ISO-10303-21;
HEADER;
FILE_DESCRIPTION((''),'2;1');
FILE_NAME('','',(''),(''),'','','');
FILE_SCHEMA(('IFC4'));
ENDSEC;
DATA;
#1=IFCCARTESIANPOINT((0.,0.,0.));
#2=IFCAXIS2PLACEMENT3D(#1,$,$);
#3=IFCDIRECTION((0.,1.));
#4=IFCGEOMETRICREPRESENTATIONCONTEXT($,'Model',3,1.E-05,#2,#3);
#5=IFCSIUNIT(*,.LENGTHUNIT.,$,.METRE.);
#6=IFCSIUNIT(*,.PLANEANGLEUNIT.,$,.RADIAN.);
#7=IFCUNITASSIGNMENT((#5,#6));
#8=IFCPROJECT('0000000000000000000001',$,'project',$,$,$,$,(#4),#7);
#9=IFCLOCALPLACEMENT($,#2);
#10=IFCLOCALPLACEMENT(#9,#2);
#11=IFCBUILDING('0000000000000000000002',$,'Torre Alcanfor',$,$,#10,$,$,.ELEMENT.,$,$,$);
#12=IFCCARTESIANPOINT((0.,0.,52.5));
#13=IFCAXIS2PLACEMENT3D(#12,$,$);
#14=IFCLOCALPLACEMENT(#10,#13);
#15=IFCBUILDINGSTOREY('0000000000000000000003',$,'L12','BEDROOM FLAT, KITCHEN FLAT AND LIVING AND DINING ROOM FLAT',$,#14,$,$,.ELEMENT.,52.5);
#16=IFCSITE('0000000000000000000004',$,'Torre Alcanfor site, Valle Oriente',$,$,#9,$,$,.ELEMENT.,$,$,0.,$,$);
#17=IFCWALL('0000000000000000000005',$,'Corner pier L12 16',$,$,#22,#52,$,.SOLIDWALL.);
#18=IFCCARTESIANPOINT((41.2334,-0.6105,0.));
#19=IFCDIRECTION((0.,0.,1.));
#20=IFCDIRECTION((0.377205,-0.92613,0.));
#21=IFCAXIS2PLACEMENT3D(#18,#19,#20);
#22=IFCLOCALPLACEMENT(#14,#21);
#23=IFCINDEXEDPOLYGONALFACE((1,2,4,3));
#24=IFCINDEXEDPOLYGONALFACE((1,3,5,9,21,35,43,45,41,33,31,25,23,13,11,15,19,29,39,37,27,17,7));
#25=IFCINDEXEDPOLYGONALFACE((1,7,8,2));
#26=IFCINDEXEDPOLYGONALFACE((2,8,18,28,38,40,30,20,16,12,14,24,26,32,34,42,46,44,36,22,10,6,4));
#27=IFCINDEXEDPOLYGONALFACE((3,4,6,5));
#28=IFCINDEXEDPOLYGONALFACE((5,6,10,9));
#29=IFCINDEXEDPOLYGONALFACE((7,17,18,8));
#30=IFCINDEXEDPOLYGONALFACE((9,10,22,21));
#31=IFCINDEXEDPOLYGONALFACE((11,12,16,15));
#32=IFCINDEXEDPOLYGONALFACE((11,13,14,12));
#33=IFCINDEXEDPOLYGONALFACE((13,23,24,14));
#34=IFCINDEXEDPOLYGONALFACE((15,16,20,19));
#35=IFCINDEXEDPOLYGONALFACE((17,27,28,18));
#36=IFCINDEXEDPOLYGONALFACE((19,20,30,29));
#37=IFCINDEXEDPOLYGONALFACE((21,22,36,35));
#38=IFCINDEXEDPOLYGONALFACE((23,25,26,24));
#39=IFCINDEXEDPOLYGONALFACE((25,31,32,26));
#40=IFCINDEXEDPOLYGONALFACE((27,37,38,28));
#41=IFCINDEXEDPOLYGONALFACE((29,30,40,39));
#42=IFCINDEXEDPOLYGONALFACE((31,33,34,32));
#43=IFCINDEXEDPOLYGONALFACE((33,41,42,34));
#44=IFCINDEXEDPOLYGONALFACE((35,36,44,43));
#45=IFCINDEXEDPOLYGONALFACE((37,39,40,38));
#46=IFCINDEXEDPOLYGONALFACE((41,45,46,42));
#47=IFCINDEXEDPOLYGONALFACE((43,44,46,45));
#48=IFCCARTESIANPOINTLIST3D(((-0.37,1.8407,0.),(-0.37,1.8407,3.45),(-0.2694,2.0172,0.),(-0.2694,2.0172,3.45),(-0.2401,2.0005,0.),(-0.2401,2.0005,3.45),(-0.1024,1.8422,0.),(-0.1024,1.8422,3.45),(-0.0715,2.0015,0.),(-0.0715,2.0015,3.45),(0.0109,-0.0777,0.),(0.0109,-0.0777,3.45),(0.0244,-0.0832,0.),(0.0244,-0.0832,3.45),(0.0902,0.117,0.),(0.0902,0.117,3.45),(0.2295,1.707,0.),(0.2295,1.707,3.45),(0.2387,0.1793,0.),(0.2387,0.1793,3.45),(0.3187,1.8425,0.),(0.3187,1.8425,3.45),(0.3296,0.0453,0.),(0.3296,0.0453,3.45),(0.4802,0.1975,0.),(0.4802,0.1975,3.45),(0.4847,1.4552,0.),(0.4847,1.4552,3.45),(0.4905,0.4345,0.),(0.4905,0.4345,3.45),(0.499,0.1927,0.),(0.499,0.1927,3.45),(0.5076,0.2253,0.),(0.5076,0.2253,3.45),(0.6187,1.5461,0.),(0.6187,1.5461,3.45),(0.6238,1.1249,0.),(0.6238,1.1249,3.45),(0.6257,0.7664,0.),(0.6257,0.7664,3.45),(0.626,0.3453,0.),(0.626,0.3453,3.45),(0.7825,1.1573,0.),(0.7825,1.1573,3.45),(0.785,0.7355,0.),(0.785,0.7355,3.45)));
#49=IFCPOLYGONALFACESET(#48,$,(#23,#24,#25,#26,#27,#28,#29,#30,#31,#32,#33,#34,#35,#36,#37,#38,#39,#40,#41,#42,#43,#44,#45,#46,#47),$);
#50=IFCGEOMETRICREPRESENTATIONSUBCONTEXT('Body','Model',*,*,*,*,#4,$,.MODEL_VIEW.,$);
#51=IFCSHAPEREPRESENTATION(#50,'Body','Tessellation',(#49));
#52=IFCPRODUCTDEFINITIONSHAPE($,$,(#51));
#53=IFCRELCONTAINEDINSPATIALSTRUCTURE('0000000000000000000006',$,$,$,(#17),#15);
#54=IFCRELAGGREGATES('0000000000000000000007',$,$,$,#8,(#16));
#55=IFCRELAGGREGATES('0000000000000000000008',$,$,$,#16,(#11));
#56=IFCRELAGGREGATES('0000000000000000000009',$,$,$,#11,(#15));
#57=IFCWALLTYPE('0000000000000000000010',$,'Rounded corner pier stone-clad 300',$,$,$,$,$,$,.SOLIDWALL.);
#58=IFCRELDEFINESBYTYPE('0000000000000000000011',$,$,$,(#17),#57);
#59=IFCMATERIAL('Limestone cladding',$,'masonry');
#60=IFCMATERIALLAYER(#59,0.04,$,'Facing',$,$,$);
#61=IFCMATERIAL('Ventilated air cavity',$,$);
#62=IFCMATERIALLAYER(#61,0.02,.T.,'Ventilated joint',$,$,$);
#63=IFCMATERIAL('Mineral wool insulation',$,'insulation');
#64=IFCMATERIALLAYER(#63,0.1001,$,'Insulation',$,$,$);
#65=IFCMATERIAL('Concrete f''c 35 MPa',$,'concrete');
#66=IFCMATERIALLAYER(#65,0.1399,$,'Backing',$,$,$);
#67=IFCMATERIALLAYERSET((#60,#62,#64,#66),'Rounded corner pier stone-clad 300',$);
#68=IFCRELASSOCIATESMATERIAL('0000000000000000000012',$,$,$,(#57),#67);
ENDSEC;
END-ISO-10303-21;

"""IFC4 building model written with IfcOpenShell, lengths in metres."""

from ifc_helpers import new_model, si_unit, direction, frame, origin, place, context, subcontext, project, spatial, polyline, outline, extrude, material, layer, layer_set, type_object, element, save


model = new_model("IFC4")

# Units and contexts
model_context = context("Model", 3, precision=1e-05, world=origin(), true_north=direction((0.0, 1.0)))
body_context = subcontext(model_context, "Body", "Model", "MODEL_VIEW")
ifc_project = project(units=[si_unit("LENGTHUNIT", "METRE"), si_unit("PLANEANGLEUNIT", "RADIAN")], contexts=[model_context])

# Site, building, storey
site_placement = place(None, origin())
site = spatial("IfcSite", under=ifc_project, at=site_placement, Name="Torre Alcanfor site, Valle Oriente", CompositionType="ELEMENT", RefElevation=0.0)
building_placement = place(site_placement, origin())
building = spatial("IfcBuilding", under=site, at=building_placement, Name="Torre Alcanfor", CompositionType="ELEMENT")
storey_placement = place(building_placement, frame((0.0, 0.0, 52.5)))
storey = spatial("IfcBuildingStorey", under=building, at=storey_placement, Name="L12", Description="BEDROOM FLAT, KITCHEN FLAT AND LIVING AND DINING ROOM FLAT", CompositionType="ELEMENT", Elevation=52.5)

# Wall
ifc_material_1 = material(Name="Limestone cladding", Category="masonry")
ifc_layer_1 = layer(ifc_material_1, 0.04, Name="Facing")
ifc_material_2 = material(Name="Ventilated air cavity")
ifc_layer_2 = layer(ifc_material_2, 0.02, ventilated=True, Name="Ventilated joint")
ifc_material_3 = material(Name="Mineral wool insulation", Category="insulation")
ifc_layer_3 = layer(ifc_material_3, 0.1001, Name="Insulation")
ifc_material_4 = material(Name="Concrete f'c 35 MPa", Category="concrete")
ifc_layer_4 = layer(ifc_material_4, 0.1399, Name="Backing")
ifc_layer_set_1 = layer_set([ifc_layer_1, ifc_layer_2, ifc_layer_3, ifc_layer_4], Name="Rounded corner pier stone-clad 300")
wall_type_1 = type_object("IfcWallType", Name="Rounded corner pier stone-clad 300", PredefinedType="SOLIDWALL", material=ifc_layer_set_1)
wall_1_placement = place(storey_placement, frame((41.2334, -0.6105, 0.0), z_axis=(0.0, 0.0, 1.0), x_axis=(0.377205, -0.92613, 0.0)))
element("IfcWall", 1, at=wall_1_placement, inside=storey, type_object=wall_type_1, Name="Corner pier L12 16", PredefinedType="SOLIDWALL", context=body_context, shape_type="SweptSolid", body=[
    extrude(outline(polyline([(0.3187, 1.8425), (-0.0715, 2.0015), (-0.2401, 2.0005), (-0.2694, 2.0172), (-0.37, 1.8407), (-0.1024, 1.8422), (0.2295, 1.707), (0.4847, 1.4552), (0.6238, 1.1249), (0.6257, 0.7664), (0.4905, 0.4345), (0.2387, 0.1793), (0.0902, 0.117), (0.0109, -0.0777), (0.0244, -0.0832), (0.3296, 0.0453), (0.4802, 0.1975), (0.499, 0.1927), (0.5076, 0.2253), (0.626, 0.3453), (0.785, 0.7355), (0.7825, 1.1573), (0.6187, 1.5461), (0.3187, 1.8425)])), origin(), (0.0, 0.0, 1.0), 3.45),
])

save(model, "model.ifc")
